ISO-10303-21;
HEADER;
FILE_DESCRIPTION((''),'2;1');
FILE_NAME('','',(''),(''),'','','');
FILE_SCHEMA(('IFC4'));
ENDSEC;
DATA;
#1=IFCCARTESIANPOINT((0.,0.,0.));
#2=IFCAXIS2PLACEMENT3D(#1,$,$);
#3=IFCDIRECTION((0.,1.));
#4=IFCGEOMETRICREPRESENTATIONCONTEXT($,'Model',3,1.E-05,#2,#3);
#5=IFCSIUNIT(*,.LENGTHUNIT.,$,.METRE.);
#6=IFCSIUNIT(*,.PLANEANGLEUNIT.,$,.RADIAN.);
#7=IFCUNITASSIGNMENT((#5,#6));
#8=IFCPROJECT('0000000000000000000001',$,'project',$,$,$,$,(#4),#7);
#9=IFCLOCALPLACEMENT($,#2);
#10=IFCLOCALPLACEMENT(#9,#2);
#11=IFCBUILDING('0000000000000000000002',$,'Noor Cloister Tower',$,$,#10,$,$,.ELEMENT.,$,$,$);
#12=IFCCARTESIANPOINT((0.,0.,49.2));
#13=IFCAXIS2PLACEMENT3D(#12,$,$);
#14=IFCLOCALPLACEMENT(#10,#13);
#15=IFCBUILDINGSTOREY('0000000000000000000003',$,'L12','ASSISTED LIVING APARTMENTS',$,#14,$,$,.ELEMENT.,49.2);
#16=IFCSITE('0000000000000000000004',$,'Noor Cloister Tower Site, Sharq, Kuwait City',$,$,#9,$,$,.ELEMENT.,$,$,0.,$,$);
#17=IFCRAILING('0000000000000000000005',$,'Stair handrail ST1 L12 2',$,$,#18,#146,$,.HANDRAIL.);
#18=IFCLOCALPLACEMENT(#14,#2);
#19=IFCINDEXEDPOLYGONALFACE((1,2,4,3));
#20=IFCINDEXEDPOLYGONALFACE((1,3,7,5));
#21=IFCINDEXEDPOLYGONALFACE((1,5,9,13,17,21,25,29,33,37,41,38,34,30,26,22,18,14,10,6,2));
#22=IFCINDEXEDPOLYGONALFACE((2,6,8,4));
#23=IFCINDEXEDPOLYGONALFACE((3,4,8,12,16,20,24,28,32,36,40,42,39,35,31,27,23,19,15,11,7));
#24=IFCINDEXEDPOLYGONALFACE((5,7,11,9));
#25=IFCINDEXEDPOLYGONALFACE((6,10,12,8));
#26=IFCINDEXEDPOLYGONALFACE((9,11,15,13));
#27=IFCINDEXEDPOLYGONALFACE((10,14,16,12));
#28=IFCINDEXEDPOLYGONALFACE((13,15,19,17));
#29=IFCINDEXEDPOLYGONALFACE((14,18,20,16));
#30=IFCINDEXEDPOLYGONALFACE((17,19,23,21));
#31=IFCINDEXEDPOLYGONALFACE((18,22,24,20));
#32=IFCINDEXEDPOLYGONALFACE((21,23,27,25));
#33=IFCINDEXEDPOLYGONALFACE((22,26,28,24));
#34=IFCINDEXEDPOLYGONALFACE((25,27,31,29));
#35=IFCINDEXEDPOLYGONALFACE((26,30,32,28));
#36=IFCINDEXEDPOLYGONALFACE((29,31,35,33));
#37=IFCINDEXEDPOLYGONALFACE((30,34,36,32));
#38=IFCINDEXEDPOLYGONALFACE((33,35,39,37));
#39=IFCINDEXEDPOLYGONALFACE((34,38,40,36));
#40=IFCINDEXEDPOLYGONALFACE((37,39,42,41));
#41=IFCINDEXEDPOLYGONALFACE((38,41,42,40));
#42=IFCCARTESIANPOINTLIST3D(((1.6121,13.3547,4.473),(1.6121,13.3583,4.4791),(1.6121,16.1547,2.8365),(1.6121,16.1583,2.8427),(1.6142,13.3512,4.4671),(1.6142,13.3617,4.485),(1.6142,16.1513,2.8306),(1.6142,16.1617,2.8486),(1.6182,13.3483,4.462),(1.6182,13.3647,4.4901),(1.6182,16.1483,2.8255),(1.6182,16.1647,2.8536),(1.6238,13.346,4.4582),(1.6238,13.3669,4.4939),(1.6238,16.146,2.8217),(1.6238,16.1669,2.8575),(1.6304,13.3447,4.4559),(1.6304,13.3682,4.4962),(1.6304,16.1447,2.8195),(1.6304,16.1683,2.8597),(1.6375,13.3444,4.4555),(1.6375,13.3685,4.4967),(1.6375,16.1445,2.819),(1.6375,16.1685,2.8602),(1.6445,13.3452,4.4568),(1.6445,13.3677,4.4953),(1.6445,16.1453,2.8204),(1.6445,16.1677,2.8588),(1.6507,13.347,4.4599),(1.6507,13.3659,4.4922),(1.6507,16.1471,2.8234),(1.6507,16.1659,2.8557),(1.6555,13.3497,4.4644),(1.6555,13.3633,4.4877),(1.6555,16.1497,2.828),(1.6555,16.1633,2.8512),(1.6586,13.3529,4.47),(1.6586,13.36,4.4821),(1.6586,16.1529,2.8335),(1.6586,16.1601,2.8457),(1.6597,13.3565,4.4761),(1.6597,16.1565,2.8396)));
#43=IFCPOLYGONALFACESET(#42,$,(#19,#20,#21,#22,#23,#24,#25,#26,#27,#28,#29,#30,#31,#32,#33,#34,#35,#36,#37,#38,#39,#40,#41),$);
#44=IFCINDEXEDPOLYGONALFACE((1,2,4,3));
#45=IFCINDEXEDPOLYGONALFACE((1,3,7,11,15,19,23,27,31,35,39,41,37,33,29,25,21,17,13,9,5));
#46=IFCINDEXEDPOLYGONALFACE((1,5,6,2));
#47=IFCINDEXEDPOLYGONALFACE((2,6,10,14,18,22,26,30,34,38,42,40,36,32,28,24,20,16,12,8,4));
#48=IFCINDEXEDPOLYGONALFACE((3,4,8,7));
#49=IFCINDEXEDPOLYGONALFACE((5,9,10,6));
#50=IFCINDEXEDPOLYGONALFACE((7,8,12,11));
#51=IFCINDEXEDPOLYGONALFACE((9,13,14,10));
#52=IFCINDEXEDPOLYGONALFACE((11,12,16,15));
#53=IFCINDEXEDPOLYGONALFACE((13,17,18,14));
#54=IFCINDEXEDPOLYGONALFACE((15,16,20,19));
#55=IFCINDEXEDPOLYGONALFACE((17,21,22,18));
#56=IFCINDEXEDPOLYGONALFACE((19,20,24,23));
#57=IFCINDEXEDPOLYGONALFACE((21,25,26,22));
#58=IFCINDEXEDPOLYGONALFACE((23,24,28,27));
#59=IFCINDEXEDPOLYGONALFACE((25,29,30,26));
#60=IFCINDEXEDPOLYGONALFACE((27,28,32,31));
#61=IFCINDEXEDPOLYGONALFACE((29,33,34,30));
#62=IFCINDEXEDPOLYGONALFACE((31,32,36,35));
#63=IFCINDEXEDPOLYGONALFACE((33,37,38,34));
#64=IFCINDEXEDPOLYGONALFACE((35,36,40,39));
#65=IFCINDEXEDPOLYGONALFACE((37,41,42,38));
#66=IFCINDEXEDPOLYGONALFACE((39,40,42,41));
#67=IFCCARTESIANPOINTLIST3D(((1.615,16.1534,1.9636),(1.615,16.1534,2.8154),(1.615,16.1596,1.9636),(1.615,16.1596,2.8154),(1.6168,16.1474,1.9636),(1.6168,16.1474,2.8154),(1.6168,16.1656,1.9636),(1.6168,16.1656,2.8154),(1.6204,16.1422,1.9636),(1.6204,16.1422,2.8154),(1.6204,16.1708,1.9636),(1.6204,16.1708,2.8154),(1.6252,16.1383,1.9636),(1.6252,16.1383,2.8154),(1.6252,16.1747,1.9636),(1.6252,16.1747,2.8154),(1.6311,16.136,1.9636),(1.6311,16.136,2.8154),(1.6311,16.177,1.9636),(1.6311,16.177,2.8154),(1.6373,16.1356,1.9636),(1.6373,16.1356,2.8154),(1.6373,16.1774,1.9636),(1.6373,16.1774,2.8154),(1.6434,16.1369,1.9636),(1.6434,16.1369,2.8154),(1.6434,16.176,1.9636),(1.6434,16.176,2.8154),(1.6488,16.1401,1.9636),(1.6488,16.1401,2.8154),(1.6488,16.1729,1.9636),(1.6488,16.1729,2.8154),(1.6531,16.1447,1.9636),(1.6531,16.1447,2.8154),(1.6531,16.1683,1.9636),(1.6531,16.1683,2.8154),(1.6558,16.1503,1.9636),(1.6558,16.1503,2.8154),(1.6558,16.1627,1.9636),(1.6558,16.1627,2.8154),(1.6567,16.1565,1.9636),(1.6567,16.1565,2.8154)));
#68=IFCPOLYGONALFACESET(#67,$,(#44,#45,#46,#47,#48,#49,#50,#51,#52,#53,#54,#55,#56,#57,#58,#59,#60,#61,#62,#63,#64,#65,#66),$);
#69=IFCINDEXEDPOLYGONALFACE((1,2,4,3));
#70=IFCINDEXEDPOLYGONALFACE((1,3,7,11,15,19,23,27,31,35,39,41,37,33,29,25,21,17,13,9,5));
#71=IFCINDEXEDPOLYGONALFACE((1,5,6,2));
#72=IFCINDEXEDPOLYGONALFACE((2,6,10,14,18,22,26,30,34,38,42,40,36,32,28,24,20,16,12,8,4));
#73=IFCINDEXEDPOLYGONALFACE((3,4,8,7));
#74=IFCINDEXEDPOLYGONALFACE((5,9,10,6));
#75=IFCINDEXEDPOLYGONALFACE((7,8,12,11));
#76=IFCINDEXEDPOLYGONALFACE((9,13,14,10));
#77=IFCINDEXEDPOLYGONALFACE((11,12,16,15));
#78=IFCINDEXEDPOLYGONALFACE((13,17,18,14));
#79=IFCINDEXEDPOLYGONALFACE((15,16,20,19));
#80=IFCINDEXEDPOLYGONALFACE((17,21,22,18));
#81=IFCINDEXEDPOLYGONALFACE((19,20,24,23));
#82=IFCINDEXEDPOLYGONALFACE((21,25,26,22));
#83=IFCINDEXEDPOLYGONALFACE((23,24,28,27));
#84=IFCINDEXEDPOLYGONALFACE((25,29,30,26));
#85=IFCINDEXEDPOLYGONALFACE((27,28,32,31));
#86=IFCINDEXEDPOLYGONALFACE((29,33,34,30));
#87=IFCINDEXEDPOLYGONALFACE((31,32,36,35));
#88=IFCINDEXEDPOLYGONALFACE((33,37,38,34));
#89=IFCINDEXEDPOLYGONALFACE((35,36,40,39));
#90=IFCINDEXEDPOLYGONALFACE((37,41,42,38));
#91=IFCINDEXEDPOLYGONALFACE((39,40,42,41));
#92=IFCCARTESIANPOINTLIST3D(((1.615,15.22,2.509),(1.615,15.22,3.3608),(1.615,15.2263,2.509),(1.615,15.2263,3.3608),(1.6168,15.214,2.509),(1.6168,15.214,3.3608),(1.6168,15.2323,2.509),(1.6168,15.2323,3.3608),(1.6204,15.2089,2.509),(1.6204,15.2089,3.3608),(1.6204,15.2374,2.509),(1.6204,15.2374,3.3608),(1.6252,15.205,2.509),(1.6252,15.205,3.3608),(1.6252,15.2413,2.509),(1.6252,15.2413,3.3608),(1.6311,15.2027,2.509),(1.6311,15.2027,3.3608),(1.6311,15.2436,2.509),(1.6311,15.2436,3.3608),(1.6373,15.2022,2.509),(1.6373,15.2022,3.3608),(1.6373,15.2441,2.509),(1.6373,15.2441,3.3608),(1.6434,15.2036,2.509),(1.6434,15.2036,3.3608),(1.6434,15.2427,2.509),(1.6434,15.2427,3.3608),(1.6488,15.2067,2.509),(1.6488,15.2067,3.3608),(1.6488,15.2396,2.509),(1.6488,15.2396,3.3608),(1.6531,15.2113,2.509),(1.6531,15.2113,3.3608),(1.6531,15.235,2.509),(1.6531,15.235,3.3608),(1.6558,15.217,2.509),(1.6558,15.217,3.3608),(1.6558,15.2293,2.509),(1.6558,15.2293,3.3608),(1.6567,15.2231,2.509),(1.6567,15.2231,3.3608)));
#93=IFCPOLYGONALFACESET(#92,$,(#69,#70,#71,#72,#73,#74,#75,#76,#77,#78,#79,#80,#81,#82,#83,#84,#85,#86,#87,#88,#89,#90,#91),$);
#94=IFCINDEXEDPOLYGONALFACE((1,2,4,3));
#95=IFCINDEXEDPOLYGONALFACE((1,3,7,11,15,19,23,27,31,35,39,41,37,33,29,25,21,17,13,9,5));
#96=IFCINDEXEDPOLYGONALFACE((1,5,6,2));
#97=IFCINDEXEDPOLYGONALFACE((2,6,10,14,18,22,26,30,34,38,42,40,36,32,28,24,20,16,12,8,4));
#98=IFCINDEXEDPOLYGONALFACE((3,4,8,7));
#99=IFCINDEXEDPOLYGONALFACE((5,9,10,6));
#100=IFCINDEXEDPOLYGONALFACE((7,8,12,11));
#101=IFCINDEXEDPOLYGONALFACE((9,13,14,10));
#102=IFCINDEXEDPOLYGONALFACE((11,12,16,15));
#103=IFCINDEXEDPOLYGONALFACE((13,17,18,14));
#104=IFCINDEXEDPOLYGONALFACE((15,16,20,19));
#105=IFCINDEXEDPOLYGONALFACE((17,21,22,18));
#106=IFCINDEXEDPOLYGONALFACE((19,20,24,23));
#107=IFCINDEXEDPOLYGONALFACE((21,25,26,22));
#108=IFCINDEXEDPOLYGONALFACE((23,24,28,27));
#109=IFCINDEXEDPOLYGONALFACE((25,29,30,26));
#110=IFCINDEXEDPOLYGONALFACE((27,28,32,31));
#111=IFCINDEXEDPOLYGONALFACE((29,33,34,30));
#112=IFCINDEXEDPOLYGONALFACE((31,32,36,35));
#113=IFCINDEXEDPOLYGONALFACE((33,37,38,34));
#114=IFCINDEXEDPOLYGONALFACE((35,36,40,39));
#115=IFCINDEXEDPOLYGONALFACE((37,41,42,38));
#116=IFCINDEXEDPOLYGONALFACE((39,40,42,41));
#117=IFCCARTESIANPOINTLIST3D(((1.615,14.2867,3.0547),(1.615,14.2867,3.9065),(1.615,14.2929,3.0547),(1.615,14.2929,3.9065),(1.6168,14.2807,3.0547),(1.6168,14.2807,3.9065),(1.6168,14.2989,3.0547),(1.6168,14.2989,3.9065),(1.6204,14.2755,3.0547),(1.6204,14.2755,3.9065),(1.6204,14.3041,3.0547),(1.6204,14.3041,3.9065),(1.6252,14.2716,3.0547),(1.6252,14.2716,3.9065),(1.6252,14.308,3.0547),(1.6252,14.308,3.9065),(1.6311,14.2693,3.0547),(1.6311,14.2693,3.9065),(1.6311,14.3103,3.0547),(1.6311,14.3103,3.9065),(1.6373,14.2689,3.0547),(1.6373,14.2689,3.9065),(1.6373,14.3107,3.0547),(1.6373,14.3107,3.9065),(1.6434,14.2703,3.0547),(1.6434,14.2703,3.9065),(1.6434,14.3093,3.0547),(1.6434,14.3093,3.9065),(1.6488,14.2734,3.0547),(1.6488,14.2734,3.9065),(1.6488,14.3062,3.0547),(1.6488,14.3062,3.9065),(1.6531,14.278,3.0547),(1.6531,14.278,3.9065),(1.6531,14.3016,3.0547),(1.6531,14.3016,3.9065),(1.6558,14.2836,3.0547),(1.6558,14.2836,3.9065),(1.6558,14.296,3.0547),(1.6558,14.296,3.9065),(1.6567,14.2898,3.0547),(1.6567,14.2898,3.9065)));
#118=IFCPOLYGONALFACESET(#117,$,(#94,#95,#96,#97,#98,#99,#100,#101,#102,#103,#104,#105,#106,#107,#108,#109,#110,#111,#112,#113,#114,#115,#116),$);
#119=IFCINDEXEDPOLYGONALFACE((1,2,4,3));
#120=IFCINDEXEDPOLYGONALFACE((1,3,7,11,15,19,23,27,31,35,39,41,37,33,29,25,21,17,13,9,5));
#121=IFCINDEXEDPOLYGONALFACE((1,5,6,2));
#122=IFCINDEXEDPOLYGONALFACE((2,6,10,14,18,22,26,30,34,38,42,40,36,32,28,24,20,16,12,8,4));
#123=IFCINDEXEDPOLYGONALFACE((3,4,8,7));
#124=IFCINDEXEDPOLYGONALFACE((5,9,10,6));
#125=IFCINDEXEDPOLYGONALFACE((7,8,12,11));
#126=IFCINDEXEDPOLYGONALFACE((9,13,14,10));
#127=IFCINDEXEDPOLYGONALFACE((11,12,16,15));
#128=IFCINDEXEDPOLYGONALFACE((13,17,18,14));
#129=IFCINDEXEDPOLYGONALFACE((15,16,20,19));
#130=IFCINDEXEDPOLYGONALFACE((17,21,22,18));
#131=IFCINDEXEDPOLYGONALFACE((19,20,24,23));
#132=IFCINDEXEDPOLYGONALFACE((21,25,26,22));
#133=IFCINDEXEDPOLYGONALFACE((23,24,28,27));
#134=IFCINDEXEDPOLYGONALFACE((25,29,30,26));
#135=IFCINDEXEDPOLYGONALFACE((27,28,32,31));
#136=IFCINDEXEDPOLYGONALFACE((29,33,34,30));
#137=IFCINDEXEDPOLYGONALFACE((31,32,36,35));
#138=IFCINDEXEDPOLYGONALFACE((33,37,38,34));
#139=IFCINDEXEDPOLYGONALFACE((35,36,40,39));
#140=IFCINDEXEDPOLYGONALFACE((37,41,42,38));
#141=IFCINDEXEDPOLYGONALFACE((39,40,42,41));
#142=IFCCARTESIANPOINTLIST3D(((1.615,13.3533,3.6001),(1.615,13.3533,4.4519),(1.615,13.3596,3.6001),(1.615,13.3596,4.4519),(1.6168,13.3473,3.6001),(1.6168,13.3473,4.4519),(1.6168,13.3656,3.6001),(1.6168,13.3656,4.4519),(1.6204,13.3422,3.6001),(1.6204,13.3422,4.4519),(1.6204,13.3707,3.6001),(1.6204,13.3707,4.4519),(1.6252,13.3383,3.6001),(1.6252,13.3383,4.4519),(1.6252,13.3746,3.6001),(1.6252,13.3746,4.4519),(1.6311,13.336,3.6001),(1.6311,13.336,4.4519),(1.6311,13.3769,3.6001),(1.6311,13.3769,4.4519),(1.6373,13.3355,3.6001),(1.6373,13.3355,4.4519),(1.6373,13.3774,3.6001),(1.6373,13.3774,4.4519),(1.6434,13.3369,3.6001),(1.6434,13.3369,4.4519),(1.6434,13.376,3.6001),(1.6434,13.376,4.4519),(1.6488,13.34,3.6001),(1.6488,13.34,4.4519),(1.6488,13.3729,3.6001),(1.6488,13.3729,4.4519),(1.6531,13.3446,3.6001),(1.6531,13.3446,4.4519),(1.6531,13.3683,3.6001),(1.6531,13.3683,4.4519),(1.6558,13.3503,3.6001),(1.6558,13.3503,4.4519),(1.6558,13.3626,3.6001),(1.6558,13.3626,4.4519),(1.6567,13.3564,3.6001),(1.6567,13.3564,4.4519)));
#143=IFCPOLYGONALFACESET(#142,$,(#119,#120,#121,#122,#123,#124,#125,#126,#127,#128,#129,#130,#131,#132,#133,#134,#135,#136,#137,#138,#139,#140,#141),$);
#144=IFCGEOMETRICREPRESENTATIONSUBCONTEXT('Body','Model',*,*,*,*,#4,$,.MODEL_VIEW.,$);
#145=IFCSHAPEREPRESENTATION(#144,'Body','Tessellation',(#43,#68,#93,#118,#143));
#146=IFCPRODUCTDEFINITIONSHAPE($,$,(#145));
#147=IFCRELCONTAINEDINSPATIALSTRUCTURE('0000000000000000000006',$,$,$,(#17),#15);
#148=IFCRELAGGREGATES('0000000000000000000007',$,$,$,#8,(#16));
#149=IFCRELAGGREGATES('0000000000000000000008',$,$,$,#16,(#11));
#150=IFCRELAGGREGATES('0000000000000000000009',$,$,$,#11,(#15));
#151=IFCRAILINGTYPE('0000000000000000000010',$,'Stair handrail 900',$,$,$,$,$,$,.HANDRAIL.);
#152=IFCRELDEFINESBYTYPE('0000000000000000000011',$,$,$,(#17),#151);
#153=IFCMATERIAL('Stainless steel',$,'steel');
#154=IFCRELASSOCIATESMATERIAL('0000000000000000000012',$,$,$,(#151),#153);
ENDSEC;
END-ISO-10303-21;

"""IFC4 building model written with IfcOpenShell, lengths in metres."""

from ifc_helpers import new_model, si_unit, direction, frame, origin, origin_2d, place, context, subcontext, project, spatial, circle, extrude, material, type_object, element, save


model = new_model("IFC4")

# Units and contexts
model_context = context("Model", 3, precision=1e-05, world=origin(), true_north=direction((0.0, 1.0)))
body_context = subcontext(model_context, "Body", "Model", "MODEL_VIEW")
ifc_project = project(units=[si_unit("LENGTHUNIT", "METRE"), si_unit("PLANEANGLEUNIT", "RADIAN")], contexts=[model_context])

# Site, building, storey
site_placement = place(None, origin())
site = spatial("IfcSite", under=ifc_project, at=site_placement, Name="Noor Cloister Tower Site, Sharq, Kuwait City", CompositionType="ELEMENT", RefElevation=0.0)
building_placement = place(site_placement, origin())
building = spatial("IfcBuilding", under=site, at=building_placement, Name="Noor Cloister Tower", CompositionType="ELEMENT")
storey_placement = place(building_placement, frame((0.0, 0.0, 49.2)))
storey = spatial("IfcBuildingStorey", under=building, at=storey_placement, Name="L12", Description="ASSISTED LIVING APARTMENTS", CompositionType="ELEMENT", Elevation=49.2)

# Railing
ifc_material_1 = material(Name="Stainless steel", Category="steel")
railing_type_1 = type_object("IfcRailingType", Name="Stair handrail 900", PredefinedType="HANDRAIL", material=ifc_material_1)
railing_1_placement = place(storey_placement, frame((1.6357, 16.1565, 1.9636)))
element("IfcRailing", 1, at=railing_1_placement, inside=storey, type_object=railing_type_1, Name="Stair handrail ST1 L12 2", PredefinedType="HANDRAIL", context=body_context, shape_type="SweptSolid", body=[
    extrude(circle(Radius=0.0239, at=origin_2d()), frame((0.0, 0.0, 0.876), z_axis=(0.0, -0.863361, 0.504587), x_axis=(1.0, 0.0, 0.0)), (0.0, 0.0, 1.0), 3.2432),
    extrude(circle(Radius=0.021, at=origin_2d()), origin(), (0.0, 0.0, 1.0), 0.8518),
    extrude(circle(Radius=0.021, at=origin_2d()), frame((0.0, -0.9333, 0.5454)), (0.0, 0.0, 1.0), 0.8518),
    extrude(circle(Radius=0.021, at=origin_2d()), frame((0.0, -1.8667, 1.0911)), (0.0, 0.0, 1.0), 0.8518),
    extrude(circle(Radius=0.021, at=origin_2d()), frame((0.0, -2.8, 1.6365)), (0.0, 0.0, 1.0), 0.8518),
])

save(model, "model.ifc")
